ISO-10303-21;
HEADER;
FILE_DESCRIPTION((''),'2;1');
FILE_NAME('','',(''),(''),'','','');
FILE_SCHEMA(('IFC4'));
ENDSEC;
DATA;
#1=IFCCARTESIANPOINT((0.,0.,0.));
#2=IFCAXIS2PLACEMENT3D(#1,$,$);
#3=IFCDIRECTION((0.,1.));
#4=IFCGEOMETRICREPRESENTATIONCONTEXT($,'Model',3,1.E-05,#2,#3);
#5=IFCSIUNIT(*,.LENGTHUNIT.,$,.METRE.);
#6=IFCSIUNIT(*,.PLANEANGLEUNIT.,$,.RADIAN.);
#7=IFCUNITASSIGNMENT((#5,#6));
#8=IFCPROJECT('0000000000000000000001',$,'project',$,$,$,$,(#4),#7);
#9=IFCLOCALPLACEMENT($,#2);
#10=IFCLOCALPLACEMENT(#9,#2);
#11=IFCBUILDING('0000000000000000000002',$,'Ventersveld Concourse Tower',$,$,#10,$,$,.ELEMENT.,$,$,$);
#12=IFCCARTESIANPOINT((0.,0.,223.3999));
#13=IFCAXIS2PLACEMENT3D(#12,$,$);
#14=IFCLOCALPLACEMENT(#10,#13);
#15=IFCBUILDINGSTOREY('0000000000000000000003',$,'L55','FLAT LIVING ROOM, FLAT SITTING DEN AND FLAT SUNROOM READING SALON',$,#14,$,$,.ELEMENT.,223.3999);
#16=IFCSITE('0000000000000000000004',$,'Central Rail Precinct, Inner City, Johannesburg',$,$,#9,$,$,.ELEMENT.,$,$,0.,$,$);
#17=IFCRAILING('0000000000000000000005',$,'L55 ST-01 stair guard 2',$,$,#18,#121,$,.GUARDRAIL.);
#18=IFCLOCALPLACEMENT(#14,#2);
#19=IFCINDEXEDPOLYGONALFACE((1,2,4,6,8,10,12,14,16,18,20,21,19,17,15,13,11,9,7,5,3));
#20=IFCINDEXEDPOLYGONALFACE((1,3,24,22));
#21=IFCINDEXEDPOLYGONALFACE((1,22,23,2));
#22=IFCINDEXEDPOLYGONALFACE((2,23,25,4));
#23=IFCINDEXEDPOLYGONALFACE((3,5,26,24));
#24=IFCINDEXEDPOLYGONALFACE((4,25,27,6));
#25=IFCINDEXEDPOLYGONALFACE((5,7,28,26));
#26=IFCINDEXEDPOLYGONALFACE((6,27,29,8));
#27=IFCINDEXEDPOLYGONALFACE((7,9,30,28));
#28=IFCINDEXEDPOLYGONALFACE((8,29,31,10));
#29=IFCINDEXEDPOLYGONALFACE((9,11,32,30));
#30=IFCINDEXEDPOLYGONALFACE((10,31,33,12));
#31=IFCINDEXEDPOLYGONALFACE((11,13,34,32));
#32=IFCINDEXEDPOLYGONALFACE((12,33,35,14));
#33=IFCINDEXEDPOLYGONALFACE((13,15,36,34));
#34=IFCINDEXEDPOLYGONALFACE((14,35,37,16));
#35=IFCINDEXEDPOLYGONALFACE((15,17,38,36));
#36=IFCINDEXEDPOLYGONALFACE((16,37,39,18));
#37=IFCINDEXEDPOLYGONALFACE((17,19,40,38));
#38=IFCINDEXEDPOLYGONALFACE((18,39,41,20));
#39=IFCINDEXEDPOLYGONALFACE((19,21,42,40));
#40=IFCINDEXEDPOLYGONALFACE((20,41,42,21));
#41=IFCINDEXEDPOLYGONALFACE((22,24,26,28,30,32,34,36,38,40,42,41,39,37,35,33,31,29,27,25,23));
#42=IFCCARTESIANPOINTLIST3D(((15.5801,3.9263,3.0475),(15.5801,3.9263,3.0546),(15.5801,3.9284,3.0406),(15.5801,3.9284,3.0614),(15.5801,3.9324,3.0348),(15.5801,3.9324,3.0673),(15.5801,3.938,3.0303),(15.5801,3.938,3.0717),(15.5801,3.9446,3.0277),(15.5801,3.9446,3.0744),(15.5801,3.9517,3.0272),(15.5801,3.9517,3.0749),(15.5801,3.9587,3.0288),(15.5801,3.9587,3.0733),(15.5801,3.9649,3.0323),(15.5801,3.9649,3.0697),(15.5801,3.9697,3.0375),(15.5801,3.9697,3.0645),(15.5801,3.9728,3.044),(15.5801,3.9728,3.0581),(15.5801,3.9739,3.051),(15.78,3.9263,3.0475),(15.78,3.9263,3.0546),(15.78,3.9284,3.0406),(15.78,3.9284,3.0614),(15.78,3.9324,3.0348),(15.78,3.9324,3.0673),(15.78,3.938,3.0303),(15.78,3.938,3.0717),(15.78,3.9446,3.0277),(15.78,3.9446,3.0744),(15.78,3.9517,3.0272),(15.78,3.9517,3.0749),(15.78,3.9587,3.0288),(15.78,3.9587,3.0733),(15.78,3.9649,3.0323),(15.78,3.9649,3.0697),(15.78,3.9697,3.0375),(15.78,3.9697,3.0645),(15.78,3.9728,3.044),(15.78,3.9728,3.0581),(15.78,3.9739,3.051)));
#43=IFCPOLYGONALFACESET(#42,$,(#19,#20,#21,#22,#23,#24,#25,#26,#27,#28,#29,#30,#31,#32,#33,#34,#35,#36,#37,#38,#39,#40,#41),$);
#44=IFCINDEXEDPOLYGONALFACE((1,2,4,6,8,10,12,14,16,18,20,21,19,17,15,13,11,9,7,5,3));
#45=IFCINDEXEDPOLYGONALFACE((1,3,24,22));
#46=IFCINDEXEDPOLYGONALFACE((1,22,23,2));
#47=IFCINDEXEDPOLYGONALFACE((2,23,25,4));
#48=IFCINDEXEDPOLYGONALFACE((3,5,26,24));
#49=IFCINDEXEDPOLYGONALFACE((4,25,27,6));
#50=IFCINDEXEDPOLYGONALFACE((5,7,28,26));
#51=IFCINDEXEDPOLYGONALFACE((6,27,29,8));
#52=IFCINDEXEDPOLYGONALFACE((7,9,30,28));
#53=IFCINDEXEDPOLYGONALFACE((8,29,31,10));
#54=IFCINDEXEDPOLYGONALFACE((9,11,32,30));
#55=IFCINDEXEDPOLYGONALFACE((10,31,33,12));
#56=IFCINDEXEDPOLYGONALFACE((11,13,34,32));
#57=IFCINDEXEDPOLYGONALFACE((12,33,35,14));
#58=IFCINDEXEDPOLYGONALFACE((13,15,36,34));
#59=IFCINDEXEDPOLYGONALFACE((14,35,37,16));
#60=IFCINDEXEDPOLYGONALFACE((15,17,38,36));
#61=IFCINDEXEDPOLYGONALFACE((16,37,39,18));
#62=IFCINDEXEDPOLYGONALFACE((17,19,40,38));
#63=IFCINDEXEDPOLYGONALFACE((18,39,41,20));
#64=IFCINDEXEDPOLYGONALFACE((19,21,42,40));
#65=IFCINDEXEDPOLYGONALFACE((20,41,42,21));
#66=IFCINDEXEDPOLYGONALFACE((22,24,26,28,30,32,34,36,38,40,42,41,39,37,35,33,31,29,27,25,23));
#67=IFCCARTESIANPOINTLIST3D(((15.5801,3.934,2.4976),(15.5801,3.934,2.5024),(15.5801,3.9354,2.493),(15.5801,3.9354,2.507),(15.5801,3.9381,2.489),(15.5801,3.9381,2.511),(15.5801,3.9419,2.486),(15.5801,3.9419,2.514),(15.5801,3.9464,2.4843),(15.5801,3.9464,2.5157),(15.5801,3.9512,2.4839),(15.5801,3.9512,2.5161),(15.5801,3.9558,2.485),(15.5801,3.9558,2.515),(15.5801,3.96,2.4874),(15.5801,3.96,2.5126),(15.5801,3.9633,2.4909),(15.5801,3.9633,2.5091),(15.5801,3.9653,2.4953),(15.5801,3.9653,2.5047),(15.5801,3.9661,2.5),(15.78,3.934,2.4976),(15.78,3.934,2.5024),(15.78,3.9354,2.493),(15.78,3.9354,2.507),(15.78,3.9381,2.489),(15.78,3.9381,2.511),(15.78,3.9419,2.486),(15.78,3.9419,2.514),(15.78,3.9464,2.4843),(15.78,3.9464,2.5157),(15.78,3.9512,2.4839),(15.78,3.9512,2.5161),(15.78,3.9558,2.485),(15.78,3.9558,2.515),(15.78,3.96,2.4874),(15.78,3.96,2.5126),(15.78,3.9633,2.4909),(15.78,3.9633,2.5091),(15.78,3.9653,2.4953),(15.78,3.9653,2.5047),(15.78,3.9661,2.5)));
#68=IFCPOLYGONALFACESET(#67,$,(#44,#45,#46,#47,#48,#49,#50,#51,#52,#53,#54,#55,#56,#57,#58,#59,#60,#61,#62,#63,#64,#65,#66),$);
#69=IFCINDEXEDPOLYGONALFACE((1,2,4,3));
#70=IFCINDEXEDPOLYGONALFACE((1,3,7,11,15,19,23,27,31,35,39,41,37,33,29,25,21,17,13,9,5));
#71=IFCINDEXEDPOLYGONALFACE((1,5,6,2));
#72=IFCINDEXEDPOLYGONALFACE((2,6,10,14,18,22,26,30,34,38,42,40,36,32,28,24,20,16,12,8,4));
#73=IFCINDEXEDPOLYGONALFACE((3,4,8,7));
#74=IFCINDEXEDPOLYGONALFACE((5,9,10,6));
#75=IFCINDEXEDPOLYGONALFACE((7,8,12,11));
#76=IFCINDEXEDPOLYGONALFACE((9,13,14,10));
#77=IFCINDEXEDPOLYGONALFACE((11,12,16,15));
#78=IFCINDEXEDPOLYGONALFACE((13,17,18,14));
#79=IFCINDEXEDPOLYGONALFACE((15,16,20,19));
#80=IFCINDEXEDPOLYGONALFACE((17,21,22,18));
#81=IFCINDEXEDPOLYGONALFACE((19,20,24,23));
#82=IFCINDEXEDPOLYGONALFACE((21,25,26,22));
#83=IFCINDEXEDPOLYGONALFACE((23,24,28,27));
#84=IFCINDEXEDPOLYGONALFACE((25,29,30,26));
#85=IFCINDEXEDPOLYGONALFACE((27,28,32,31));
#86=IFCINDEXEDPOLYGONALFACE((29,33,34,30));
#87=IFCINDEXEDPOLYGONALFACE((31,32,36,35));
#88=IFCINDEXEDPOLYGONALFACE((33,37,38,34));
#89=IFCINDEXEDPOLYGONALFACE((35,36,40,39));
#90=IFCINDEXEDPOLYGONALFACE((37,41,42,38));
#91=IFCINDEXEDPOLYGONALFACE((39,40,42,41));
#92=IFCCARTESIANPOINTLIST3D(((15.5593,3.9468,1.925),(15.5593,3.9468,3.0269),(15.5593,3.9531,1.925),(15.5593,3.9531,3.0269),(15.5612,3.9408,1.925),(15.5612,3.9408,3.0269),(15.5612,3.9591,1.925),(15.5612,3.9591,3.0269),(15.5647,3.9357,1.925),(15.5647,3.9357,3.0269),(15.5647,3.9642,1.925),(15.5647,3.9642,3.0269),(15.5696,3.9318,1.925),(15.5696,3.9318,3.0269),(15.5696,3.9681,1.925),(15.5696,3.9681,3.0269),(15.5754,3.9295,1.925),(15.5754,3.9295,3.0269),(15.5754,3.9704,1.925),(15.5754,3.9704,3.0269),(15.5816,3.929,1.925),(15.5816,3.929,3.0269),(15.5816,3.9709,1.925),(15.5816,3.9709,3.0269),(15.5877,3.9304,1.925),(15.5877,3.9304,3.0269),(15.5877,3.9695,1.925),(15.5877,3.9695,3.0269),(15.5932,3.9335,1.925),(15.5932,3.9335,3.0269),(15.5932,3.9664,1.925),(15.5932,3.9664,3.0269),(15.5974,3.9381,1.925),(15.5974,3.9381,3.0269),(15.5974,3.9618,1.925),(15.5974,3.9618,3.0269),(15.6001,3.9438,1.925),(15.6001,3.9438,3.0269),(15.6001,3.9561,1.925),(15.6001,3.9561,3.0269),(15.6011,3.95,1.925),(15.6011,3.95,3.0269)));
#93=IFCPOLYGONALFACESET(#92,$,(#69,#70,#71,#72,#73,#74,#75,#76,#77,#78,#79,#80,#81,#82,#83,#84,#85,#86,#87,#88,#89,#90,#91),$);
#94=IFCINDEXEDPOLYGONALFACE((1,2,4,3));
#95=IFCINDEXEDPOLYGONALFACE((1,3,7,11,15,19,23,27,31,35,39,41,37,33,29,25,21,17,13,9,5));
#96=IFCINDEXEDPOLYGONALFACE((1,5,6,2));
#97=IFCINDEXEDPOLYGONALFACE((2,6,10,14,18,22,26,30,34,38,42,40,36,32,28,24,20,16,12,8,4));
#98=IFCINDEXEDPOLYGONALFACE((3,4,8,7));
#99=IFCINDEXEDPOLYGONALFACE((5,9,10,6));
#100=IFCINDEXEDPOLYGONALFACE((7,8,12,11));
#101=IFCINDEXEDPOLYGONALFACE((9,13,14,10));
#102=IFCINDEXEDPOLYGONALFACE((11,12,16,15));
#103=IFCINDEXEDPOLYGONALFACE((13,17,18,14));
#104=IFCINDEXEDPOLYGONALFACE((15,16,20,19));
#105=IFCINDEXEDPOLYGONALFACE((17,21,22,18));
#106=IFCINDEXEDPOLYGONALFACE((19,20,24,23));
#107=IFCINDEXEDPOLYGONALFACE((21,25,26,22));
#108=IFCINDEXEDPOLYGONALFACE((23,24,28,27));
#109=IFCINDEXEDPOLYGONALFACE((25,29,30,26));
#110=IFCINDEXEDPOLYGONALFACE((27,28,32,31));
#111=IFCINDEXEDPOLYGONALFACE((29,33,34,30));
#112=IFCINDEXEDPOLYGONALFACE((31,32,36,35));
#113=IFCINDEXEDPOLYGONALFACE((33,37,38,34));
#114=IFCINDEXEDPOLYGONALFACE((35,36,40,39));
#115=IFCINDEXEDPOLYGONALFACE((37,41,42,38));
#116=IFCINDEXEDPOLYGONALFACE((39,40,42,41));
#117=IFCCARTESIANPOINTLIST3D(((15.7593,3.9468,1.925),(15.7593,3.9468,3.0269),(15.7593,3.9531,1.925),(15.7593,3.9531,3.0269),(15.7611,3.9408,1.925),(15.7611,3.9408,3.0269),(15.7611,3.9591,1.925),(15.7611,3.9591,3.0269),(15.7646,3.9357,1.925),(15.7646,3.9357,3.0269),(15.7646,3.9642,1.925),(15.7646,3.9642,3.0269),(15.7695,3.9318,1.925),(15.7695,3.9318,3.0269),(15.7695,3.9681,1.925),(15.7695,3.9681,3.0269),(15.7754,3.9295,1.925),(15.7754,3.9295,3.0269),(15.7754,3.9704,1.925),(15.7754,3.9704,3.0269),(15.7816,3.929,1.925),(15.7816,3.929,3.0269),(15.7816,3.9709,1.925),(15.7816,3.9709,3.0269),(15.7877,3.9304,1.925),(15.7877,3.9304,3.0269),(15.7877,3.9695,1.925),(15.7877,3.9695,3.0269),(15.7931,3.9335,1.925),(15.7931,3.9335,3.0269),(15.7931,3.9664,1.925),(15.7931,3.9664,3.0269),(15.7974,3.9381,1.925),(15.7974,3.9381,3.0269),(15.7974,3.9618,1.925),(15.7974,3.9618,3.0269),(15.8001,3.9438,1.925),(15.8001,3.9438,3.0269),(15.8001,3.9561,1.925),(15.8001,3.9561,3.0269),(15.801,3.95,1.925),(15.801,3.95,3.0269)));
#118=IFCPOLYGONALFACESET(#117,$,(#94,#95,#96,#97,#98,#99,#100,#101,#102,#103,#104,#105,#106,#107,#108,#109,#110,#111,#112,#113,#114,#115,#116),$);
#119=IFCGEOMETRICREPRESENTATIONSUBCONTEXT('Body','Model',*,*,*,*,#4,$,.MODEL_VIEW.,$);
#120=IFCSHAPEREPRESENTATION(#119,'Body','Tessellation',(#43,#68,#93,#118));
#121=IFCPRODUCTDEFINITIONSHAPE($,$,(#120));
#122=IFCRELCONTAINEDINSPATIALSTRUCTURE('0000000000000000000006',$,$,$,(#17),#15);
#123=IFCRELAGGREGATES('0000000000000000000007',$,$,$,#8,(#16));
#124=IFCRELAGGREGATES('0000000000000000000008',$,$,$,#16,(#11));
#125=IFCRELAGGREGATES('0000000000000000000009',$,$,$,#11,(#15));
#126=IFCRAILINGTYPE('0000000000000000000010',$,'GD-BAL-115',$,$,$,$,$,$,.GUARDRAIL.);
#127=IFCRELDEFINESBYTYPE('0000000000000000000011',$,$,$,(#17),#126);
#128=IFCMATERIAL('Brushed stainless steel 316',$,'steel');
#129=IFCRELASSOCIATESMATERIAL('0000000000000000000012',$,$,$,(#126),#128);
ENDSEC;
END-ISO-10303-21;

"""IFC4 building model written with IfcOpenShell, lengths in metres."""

from ifc_helpers import new_model, si_unit, direction, frame, origin, origin_2d, place, context, subcontext, project, spatial, circle, extrude, material, type_object, element, save


model = new_model("IFC4")

# Units and contexts
model_context = context("Model", 3, precision=1e-05, world=origin(), true_north=direction((0.0, 1.0)))
body_context = subcontext(model_context, "Body", "Model", "MODEL_VIEW")
ifc_project = project(units=[si_unit("LENGTHUNIT", "METRE"), si_unit("PLANEANGLEUNIT", "RADIAN")], contexts=[model_context])

# Site, building, storey
site_placement = place(None, origin())
site = spatial("IfcSite", under=ifc_project, at=site_placement, Name="Central Rail Precinct, Inner City, Johannesburg", CompositionType="ELEMENT", RefElevation=0.0)
building_placement = place(site_placement, origin())
building = spatial("IfcBuilding", under=site, at=building_placement, Name="Ventersveld Concourse Tower", CompositionType="ELEMENT")
storey_placement = place(building_placement, frame((0.0, 0.0, 223.3999)))
storey = spatial("IfcBuildingStorey", under=building, at=storey_placement, Name="L55", Description="FLAT LIVING ROOM, FLAT SITTING DEN AND FLAT SUNROOM READING SALON", CompositionType="ELEMENT", Elevation=223.3999)

# Shared definitions
ifc_material_1 = material(Name="Brushed stainless steel 316", Category="steel")

# Railing
railing_type_1 = type_object("IfcRailingType", Name="GD-BAL-115", PredefinedType="GUARDRAIL", material=ifc_material_1)
railing_1_placement = place(storey_placement, frame((15.5801, 3.95, 1.925)))
element("IfcRailing", 1, at=railing_1_placement, inside=storey, type_object=railing_type_1, Name="L55 ST-01 stair guard 2", PredefinedType="GUARDRAIL", context=body_context, shape_type="SweptSolid", body=[
    extrude(circle(Radius=0.0239, at=origin_2d()), frame((0.0, 0.0, 1.126), z_axis=(1.0, 0.0, 0.0), x_axis=(0.0, 1.0, 0.0)), (0.0, 0.0, 1.0), 0.2),
    extrude(circle(Radius=0.0161, at=origin_2d()), frame((0.0, 0.0, 0.575), z_axis=(1.0, 0.0, 0.0), x_axis=(0.0, 1.0, 0.0)), (0.0, 0.0, 1.0), 0.2),
    extrude(circle(Radius=0.021, at=origin_2d()), origin(), (0.0, 0.0, 1.0), 1.1018),
    extrude(circle(Radius=0.021, at=origin_2d()), frame((0.2, 0.0, 0.0)), (0.0, 0.0, 1.0), 1.1018),
])

save(model, "model.ifc")
